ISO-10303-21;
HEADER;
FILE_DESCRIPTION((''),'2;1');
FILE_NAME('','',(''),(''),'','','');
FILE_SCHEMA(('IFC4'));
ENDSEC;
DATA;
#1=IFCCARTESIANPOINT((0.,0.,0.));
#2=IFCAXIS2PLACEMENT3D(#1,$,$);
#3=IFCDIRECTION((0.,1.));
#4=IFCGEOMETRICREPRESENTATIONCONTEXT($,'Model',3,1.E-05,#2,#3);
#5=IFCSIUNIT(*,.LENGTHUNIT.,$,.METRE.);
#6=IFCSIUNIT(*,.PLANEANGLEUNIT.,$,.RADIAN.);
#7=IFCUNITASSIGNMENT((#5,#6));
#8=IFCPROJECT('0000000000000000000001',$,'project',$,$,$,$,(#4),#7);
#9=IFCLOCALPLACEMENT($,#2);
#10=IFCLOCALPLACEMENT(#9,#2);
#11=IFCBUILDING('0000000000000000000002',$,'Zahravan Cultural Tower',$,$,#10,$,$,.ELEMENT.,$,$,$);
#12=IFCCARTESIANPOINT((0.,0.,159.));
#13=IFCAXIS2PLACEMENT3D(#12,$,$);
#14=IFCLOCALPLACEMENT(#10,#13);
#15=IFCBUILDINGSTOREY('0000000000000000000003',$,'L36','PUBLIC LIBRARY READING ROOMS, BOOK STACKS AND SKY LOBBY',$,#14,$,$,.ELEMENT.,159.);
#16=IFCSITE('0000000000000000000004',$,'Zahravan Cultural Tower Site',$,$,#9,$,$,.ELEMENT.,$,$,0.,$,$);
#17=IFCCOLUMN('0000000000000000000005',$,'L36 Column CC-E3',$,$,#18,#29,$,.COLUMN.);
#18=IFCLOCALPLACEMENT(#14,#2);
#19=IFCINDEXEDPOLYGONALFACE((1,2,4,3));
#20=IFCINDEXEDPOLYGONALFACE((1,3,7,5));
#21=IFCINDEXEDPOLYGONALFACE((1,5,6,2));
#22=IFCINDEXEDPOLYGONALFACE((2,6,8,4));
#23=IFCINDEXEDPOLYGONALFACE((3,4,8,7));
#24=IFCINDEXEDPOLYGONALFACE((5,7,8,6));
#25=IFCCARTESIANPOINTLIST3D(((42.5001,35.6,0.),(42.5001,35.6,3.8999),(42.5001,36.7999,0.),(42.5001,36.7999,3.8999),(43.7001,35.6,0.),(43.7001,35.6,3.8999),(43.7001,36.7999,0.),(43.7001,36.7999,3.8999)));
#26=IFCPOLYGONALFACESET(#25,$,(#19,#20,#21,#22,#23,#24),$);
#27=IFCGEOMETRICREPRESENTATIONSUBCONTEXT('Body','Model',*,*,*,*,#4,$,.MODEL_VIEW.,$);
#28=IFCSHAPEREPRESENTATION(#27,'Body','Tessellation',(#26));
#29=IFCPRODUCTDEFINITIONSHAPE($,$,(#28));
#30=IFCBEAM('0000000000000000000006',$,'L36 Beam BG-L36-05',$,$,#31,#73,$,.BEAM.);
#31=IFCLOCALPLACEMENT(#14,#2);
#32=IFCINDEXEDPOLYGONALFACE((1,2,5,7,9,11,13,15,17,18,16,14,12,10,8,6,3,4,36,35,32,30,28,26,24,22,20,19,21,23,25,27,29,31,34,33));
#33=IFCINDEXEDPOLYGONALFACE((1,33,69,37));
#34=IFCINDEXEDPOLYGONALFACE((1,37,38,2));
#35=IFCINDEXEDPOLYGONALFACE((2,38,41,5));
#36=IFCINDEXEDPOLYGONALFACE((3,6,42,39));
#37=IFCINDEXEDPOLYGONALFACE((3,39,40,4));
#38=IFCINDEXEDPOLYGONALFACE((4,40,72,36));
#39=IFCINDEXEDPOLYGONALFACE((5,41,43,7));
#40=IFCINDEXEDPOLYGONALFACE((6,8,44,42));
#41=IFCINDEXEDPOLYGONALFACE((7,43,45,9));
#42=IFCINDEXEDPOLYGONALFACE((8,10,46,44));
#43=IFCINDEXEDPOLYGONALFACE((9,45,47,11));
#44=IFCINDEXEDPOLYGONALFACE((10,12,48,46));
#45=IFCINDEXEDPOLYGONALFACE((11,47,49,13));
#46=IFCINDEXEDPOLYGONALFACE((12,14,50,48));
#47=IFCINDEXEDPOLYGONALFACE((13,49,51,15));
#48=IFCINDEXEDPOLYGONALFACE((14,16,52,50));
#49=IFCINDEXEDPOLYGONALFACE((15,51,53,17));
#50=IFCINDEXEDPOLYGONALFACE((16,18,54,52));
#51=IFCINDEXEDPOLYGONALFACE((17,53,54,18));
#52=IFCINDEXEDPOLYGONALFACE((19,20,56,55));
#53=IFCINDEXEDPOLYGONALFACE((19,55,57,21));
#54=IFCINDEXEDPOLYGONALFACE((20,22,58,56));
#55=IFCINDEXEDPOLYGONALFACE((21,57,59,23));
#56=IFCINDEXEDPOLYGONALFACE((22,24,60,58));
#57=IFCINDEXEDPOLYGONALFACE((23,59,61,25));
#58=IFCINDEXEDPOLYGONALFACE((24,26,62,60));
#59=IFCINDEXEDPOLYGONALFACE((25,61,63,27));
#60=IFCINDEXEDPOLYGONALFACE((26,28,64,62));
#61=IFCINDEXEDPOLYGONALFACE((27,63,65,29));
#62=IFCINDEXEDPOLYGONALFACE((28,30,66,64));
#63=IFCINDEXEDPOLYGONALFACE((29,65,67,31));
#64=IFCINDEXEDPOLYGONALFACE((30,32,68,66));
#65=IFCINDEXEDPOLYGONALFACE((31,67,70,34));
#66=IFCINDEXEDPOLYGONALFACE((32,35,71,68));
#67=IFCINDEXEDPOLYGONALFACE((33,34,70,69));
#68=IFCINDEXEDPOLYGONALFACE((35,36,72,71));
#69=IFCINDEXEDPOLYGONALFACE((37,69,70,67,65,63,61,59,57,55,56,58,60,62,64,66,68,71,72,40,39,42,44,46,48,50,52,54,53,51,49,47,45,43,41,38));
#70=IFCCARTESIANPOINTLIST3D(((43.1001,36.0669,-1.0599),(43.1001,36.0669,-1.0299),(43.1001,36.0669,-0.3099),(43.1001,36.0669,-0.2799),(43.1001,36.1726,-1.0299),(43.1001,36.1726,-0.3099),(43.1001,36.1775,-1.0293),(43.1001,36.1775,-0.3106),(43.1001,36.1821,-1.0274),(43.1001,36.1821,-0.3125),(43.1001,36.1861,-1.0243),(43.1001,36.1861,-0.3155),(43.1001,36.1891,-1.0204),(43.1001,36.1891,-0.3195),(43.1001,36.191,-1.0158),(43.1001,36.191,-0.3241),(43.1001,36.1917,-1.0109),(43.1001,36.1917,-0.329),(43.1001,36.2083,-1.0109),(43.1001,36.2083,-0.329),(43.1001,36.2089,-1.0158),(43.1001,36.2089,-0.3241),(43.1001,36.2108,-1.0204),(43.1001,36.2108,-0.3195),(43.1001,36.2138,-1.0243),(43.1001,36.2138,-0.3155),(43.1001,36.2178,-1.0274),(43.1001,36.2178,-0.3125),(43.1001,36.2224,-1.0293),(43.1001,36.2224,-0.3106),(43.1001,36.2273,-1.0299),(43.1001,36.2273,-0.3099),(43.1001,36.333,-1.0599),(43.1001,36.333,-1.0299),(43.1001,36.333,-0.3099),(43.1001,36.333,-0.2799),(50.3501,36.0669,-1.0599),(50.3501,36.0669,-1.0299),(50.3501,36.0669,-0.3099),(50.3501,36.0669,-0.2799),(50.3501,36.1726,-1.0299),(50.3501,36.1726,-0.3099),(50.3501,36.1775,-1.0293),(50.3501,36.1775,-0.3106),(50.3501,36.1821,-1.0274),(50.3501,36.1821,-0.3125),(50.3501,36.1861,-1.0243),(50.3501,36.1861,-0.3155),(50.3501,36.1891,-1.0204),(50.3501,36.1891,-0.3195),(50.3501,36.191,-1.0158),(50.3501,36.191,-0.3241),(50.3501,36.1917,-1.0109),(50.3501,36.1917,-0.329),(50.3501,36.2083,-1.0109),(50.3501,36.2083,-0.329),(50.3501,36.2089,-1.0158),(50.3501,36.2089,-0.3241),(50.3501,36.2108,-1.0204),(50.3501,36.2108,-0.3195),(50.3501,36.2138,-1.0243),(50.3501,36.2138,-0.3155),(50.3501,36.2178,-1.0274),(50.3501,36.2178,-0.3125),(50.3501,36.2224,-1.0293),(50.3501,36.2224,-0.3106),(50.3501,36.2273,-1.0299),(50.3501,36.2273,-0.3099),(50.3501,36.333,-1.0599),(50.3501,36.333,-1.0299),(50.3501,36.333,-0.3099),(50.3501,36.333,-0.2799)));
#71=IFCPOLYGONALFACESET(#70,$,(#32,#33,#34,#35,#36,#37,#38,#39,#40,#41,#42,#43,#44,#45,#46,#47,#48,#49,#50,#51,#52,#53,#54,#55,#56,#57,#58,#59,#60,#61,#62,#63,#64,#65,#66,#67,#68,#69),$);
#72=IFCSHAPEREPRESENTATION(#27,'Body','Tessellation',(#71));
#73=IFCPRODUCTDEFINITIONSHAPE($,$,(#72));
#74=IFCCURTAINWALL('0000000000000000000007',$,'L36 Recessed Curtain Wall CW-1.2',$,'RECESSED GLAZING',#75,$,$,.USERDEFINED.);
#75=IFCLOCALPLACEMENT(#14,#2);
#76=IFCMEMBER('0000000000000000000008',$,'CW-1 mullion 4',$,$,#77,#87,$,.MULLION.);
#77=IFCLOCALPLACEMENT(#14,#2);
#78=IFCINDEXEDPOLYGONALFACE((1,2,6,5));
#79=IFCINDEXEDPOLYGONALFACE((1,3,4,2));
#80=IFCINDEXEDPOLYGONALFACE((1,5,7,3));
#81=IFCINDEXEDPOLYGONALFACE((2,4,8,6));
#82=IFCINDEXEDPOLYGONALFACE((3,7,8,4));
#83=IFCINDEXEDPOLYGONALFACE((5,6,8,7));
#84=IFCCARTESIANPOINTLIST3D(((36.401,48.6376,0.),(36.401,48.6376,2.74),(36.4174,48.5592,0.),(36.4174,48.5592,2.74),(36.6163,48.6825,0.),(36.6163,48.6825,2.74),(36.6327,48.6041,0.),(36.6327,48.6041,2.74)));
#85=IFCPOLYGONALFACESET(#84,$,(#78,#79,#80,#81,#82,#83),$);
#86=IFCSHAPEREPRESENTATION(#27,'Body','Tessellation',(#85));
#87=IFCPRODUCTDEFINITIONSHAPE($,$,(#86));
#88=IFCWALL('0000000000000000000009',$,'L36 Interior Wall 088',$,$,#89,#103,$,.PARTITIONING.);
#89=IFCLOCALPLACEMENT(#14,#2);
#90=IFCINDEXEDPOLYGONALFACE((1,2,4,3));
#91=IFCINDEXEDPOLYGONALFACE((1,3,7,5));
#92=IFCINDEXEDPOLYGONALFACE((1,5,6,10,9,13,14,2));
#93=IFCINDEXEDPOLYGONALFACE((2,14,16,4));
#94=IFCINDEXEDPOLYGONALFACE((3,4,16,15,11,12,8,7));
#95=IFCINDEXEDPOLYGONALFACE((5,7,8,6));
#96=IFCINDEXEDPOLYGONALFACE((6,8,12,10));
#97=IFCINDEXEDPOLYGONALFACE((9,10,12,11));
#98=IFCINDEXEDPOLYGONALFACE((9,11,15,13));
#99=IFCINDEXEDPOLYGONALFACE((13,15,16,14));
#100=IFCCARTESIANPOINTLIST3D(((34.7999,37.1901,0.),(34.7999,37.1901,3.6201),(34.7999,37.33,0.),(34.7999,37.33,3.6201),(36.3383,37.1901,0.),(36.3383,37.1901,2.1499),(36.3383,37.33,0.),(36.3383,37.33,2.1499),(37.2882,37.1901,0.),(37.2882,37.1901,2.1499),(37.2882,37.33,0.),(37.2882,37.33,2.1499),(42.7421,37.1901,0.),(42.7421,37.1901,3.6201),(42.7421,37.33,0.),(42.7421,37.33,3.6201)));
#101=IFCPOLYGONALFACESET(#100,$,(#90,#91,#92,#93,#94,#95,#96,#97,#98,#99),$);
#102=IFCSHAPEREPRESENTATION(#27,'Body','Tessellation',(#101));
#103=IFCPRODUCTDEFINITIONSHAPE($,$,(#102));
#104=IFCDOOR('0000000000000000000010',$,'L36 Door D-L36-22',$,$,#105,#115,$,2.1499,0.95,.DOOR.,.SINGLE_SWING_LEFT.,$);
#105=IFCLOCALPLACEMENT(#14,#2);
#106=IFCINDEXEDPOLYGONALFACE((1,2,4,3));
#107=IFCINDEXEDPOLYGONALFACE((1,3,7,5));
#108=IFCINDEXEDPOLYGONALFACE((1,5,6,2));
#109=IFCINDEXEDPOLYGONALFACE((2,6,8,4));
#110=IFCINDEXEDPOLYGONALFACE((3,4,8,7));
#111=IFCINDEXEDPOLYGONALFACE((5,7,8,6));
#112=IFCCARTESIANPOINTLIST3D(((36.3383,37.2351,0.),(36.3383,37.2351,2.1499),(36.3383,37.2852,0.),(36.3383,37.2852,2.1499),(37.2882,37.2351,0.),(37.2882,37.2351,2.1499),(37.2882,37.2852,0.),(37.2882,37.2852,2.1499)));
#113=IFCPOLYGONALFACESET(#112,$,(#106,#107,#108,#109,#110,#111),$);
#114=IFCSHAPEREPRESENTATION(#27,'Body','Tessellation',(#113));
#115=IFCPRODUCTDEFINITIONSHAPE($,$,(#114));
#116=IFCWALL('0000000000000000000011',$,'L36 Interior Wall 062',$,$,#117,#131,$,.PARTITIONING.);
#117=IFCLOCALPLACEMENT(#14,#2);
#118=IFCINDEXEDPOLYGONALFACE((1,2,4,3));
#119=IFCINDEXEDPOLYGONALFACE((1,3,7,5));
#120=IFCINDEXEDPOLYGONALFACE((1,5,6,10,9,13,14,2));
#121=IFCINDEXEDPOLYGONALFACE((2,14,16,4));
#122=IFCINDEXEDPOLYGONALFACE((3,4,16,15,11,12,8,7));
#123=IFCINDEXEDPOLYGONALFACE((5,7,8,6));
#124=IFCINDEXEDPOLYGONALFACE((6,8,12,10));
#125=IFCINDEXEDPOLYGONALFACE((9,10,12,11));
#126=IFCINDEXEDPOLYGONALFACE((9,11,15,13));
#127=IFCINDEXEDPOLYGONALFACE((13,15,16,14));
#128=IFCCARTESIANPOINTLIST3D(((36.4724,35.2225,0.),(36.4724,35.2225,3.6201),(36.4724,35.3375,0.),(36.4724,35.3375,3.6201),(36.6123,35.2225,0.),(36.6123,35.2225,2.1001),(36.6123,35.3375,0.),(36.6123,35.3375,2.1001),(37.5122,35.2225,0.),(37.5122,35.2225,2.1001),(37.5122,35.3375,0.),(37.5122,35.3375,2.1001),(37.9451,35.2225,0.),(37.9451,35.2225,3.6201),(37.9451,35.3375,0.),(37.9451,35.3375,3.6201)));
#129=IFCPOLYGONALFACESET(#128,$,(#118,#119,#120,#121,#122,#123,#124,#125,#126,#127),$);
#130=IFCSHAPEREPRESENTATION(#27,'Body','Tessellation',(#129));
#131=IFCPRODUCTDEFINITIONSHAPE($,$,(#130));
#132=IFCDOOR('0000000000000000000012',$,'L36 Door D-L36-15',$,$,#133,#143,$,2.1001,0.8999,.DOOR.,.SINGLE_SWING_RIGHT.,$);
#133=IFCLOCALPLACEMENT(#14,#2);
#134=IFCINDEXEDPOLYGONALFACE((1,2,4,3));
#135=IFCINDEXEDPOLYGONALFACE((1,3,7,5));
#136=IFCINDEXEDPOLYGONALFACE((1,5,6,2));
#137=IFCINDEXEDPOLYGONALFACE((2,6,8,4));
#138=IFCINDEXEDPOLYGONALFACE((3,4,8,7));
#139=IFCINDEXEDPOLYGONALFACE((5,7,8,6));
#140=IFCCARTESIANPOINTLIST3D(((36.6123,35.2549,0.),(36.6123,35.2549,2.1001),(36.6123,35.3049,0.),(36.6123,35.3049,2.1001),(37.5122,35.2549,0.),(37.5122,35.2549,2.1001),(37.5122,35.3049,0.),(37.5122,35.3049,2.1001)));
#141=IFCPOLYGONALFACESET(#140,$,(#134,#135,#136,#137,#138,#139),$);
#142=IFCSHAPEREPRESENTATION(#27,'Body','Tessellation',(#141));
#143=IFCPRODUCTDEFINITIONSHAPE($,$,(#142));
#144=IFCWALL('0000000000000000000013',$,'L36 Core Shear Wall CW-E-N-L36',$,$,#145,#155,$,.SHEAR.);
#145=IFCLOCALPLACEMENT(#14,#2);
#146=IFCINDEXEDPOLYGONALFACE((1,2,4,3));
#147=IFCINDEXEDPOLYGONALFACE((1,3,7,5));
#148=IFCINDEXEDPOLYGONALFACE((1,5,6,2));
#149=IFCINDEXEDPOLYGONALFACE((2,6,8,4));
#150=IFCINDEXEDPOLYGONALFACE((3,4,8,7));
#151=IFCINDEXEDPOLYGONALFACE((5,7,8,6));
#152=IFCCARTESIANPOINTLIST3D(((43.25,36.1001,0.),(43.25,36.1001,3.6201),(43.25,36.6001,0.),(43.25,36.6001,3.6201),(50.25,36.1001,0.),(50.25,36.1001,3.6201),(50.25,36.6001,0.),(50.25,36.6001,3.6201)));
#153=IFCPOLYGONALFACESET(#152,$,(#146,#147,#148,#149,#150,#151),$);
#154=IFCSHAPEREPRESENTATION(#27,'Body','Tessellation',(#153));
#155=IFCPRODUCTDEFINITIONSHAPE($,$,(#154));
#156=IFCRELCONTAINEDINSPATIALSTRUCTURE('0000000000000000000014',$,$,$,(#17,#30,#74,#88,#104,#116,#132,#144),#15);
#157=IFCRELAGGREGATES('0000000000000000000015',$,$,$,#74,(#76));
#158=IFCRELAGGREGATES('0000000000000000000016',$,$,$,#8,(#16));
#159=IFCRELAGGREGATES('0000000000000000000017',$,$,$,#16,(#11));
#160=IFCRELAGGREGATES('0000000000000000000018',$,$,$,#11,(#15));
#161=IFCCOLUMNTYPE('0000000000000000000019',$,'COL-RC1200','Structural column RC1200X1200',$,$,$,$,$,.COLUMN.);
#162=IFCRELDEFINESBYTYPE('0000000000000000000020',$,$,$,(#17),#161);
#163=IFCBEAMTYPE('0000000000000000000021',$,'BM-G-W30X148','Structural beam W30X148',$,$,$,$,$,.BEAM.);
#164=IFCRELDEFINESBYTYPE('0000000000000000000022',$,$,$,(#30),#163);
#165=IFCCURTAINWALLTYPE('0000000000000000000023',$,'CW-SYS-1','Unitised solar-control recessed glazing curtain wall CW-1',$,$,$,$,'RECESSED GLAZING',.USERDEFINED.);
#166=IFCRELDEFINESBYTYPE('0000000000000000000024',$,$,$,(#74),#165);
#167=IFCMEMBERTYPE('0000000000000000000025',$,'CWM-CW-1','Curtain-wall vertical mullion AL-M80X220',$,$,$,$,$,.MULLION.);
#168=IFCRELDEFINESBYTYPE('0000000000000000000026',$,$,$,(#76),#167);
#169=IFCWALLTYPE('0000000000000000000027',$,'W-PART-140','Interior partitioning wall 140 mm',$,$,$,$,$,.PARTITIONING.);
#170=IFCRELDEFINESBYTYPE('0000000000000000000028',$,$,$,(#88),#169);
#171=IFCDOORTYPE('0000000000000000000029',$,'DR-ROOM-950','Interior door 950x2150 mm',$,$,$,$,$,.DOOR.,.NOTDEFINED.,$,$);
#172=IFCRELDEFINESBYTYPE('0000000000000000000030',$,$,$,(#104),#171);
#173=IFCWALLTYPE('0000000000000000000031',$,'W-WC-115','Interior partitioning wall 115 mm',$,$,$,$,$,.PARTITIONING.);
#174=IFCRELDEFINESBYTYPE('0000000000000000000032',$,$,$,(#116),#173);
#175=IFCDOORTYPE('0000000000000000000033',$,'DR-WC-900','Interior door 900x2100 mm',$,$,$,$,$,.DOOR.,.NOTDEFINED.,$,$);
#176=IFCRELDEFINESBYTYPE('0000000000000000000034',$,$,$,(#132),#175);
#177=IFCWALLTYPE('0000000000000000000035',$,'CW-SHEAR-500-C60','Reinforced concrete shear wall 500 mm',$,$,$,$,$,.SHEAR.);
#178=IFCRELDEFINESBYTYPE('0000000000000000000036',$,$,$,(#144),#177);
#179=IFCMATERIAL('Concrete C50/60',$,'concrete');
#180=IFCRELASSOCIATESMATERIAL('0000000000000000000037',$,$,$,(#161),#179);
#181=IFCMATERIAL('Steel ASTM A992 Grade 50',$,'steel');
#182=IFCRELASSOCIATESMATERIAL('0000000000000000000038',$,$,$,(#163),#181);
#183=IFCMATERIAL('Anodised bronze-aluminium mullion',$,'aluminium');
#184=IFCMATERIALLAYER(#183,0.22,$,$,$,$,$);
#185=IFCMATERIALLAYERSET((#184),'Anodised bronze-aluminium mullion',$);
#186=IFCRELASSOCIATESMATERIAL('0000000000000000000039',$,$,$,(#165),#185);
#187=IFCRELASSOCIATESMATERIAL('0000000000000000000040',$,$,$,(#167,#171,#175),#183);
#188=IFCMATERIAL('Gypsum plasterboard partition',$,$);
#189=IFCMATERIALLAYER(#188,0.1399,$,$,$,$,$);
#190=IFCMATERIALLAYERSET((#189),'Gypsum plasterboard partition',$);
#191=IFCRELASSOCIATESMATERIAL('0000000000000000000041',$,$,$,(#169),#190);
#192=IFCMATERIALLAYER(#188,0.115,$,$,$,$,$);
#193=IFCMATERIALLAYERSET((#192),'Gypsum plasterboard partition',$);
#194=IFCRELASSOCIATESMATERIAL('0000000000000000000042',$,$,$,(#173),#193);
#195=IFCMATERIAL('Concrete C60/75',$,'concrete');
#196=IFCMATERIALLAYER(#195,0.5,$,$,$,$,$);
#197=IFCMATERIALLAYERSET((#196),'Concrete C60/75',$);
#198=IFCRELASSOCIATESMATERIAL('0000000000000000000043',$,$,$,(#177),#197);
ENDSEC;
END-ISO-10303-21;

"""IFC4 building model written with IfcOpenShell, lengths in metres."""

from ifc_helpers import new_model, si_unit, direction, frame, frame_2d, origin, origin_2d, place, context, subcontext, project, spatial, rectangle, i_section, extrude, source, transform, mapped, material, layer, layer_set, material_profile, profile_set, type_object, element, fill, aggregate, save


model = new_model("IFC4")

# Units and contexts
model_context = context("Model", 3, precision=1e-05, world=origin(), true_north=direction((0.0, 1.0)))
body_context = subcontext(model_context, "Body", "Model", "MODEL_VIEW")
ifc_project = project(units=[si_unit("LENGTHUNIT", "METRE"), si_unit("PLANEANGLEUNIT", "RADIAN")], contexts=[model_context])

# Site, building, storey
site_placement = place(None, origin())
site = spatial("IfcSite", under=ifc_project, at=site_placement, Name="Zahravan Cultural Tower Site", CompositionType="ELEMENT", RefElevation=0.0)
building_placement = place(site_placement, origin())
building = spatial("IfcBuilding", under=site, at=building_placement, Name="Zahravan Cultural Tower", CompositionType="ELEMENT")
storey_placement = place(building_placement, frame((0.0, 0.0, 159.0)))
storey = spatial("IfcBuildingStorey", under=building, at=storey_placement, Name="L36", Description="PUBLIC LIBRARY READING ROOMS, BOOK STACKS AND SKY LOBBY", CompositionType="ELEMENT", Elevation=159.0)

# Column
ifc_material_1 = material(Name="Concrete C50/60", Category="concrete")
ifc_material_profile_1 = material_profile(ifc_material_1, rectangle(XDim=1.2, YDim=1.2, at=origin_2d()), Name="RC1200X1200")
ifc_profile_set_1 = profile_set([ifc_material_profile_1], Name="Concrete C50/60")
column_type = type_object("IfcColumnType", Name="COL-RC1200", Description="Structural column RC1200X1200", PredefinedType="COLUMN", material=ifc_profile_set_1)
shared_shape_1 = source(origin(), body_context, "Body", "SweptSolid", [
    extrude(rectangle(XDim=1.2, YDim=1.2, at=origin_2d()), origin(), (0.0, 0.0, 1.0), 3.8999),
])
column_placement = place(storey_placement, frame((43.1001, 36.2, 0.0), z_axis=(0.0, 0.0, 1.0), x_axis=(1.0, 0.0, 0.0)))
element("IfcColumn", 1, at=column_placement, inside=storey, type_object=column_type, Name="L36 Column CC-E3", PredefinedType="COLUMN", context=body_context, shape_type="MappedRepresentation", body=[
    mapped(shared_shape_1, transform((0.0, 0.0, 0.0), x_axis=(1.0, 0.0, 0.0), y_axis=(0.0, 1.0, 0.0), z_axis=(0.0, 0.0, 1.0), scale=1.0)),
])

# Beam
ifc_material_2 = material(Name="Steel ASTM A992 Grade 50", Category="steel")
ifc_material_profile_2 = material_profile(ifc_material_2, i_section(OverallWidth=0.2661, OverallDepth=0.78, WebThickness=0.0166, FlangeThickness=0.03, FilletRadius=0.019, at=origin_2d()), Name="W30X148")
ifc_profile_set_2 = profile_set([ifc_material_profile_2], Name="Steel ASTM A992 Grade 50")
beam_type = type_object("IfcBeamType", Name="BM-G-W30X148", Description="Structural beam W30X148", PredefinedType="BEAM", material=ifc_profile_set_2)
shared_shape_2 = source(origin(), body_context, "Body", "SweptSolid", [
    extrude(i_section(OverallWidth=0.2661, OverallDepth=0.78, WebThickness=0.0166, FlangeThickness=0.03, FilletRadius=0.019, at=origin_2d()), origin(), (0.0, 0.0, 1.0), 7.25),
])
beam_placement = place(storey_placement, frame((43.1001, 36.2, -0.6699), z_axis=(1.0, 0.0, 0.0), x_axis=(0.0, 1.0, 0.0)))
element("IfcBeam", 2, at=beam_placement, inside=storey, type_object=beam_type, Name="L36 Beam BG-L36-05", PredefinedType="BEAM", context=body_context, shape_type="MappedRepresentation", body=[
    mapped(shared_shape_2, transform((0.0, 0.0, 0.0), x_axis=(1.0, 0.0, 0.0), y_axis=(0.0, 1.0, 0.0), z_axis=(0.0, 0.0, 1.0), scale=1.0)),
])

# Curtain wall, member
ifc_material_3 = material(Name="Anodised bronze-aluminium mullion", Category="aluminium")
ifc_layer_1 = layer(ifc_material_3, 0.22)
ifc_layer_set_1 = layer_set([ifc_layer_1], Name="Anodised bronze-aluminium mullion")
curtain_wall_type = type_object("IfcCurtainWallType", Name="CW-SYS-1", Description="Unitised solar-control recessed glazing curtain wall CW-1", ElementType="RECESSED GLAZING", PredefinedType="USERDEFINED", material=ifc_layer_set_1)
curtain_wall_placement = place(storey_placement, origin())
curtain_wall = element("IfcCurtainWall", 3, at=curtain_wall_placement, inside=storey, type_object=curtain_wall_type, Name="L36 Recessed Curtain Wall CW-1.2", ObjectType="RECESSED GLAZING", PredefinedType="USERDEFINED")
ifc_material_profile_3 = material_profile(ifc_material_3, rectangle(XDim=0.0801, YDim=0.22, at=origin_2d()), Name="AL-M80X220")
ifc_profile_set_3 = profile_set([ifc_material_profile_3], Name="Anodised bronze-aluminium mullion")
member_type = type_object("IfcMemberType", Name="CWM-CW-1", Description="Curtain-wall vertical mullion AL-M80X220", PredefinedType="MULLION", material=ifc_profile_set_3)
shared_shape_3 = source(origin(), body_context, "Body", "SweptSolid", [
    extrude(rectangle(XDim=0.0801, YDim=0.22, at=origin_2d()), origin(), (0.0, 0.0, 1.0), 2.74),
])
member_placement = place(storey_placement, frame((36.5168, 48.6208, 0.0), z_axis=(0.0, 0.0, 1.0), x_axis=(-0.204162, 0.978937, 0.0)))
member = element("IfcMember", 4, at=member_placement, type_object=member_type, Name="CW-1 mullion 4", PredefinedType="MULLION", context=body_context, shape_type="MappedRepresentation", body=[
    mapped(shared_shape_3, transform((0.0, 0.0, 0.0), x_axis=(1.0, 0.0, 0.0), y_axis=(0.0, 1.0, 0.0), z_axis=(0.0, 0.0, 1.0), scale=1.0)),
])
aggregate(curtain_wall, [member])

# Walls, openings, doors
ifc_material_4 = material(Name="Gypsum plasterboard partition")
ifc_layer_2 = layer(ifc_material_4, 0.1399)
ifc_layer_set_2 = layer_set([ifc_layer_2], Name="Gypsum plasterboard partition")
wall_type_1 = type_object("IfcWallType", Name="W-PART-140", Description="Interior partitioning wall 140 mm", PredefinedType="PARTITIONING", material=ifc_layer_set_2)
wall_1_placement = place(storey_placement, frame((42.7422, 37.26, 0.0), z_axis=(0.0, 0.0, 1.0), x_axis=(-1.0, 0.0, 0.0)))
wall_1 = element("IfcWall", 5, at=wall_1_placement, inside=storey, type_object=wall_type_1, Name="L36 Interior Wall 088", PredefinedType="PARTITIONING", context=body_context, shape_type="SweptSolid", body=[
    extrude(rectangle(XDim=7.9421, YDim=0.1399, at=frame_2d((3.9712, 0.0))), origin(), (0.0, 0.0, 1.0), 3.6201),
])
opening_1_placement = place(wall_1_placement, frame((5.4539, 0.0, 0.0)))
opening_1 = element("IfcOpeningElement", 6, at=opening_1_placement, cuts=wall_1, PredefinedType="OPENING", context=body_context, shape_type="SweptSolid", body=[
    extrude(rectangle(XDim=0.95, YDim=2.1499, at=frame_2d((0.4751, 1.075))), frame((0.0, 0.0798, 0.0), z_axis=(0.0, -1.0, 0.0), x_axis=(1.0, 0.0, 0.0)), (0.0, 0.0, 1.0), 0.1599),
])
door_type_1 = type_object("IfcDoorType", Name="DR-ROOM-950", Description="Interior door 950x2150 mm", OperationType="NOTDEFINED", PredefinedType="DOOR", material=ifc_material_3)
shared_shape_4 = source(origin(), body_context, "Body", "SweptSolid", [
    extrude(rectangle(XDim=0.95, YDim=2.1499, at=frame_2d((0.4751, 1.075))), frame((0.0, 0.0249, 0.0), z_axis=(0.0, -1.0, 0.0), x_axis=(1.0, 0.0, 0.0)), (0.0, 0.0, 1.0), 0.05),
])
door_1_placement = place(opening_1_placement, origin())
door_1 = element("IfcDoor", 7, at=door_1_placement, inside=storey, type_object=door_type_1, Name="L36 Door D-L36-22", OperationType="SINGLE_SWING_LEFT", OverallHeight=2.1499, OverallWidth=0.95, PredefinedType="DOOR", context=body_context, shape_type="MappedRepresentation", body=[
    mapped(shared_shape_4, transform((0.0, 0.0, 0.0), x_axis=(1.0, 0.0, 0.0), y_axis=(0.0, 1.0, 0.0), z_axis=(0.0, 0.0, 1.0), scale=1.0)),
])
fill(opening_1, door_1)
ifc_layer_3 = layer(ifc_material_4, 0.115)
ifc_layer_set_3 = layer_set([ifc_layer_3], Name="Gypsum plasterboard partition")
wall_type_2 = type_object("IfcWallType", Name="W-WC-115", Description="Interior partitioning wall 115 mm", PredefinedType="PARTITIONING", material=ifc_layer_set_3)
wall_2_placement = place(storey_placement, frame((36.4724, 35.28, 0.0), z_axis=(0.0, 0.0, 1.0), x_axis=(1.0, 0.0, 0.0)))
wall_2 = element("IfcWall", 8, at=wall_2_placement, inside=storey, type_object=wall_type_2, Name="L36 Interior Wall 062", PredefinedType="PARTITIONING", context=body_context, shape_type="SweptSolid", body=[
    extrude(rectangle(XDim=1.4727, YDim=0.115, at=frame_2d((0.7363, 0.0))), origin(), (0.0, 0.0, 1.0), 3.6201),
])
opening_2_placement = place(wall_2_placement, frame((0.1399, 0.0, 0.0)))
opening_2 = element("IfcOpeningElement", 9, at=opening_2_placement, cuts=wall_2, PredefinedType="OPENING", context=body_context, shape_type="SweptSolid", body=[
    extrude(rectangle(XDim=0.8999, YDim=2.1001, at=frame_2d((0.45, 1.05))), frame((0.0, 0.0674, 0.0), z_axis=(0.0, -1.0, 0.0), x_axis=(1.0, 0.0, 0.0)), (0.0, 0.0, 1.0), 0.135),
])
door_type_2 = type_object("IfcDoorType", Name="DR-WC-900", Description="Interior door 900x2100 mm", OperationType="NOTDEFINED", PredefinedType="DOOR", material=ifc_material_3)
shared_shape_5 = source(origin(), body_context, "Body", "SweptSolid", [
    extrude(rectangle(XDim=0.8999, YDim=2.1001, at=frame_2d((0.45, 1.05))), frame((0.0, 0.0249, 0.0), z_axis=(0.0, -1.0, 0.0), x_axis=(1.0, 0.0, 0.0)), (0.0, 0.0, 1.0), 0.05),
])
door_2_placement = place(opening_2_placement, origin())
door_2 = element("IfcDoor", 10, at=door_2_placement, inside=storey, type_object=door_type_2, Name="L36 Door D-L36-15", OperationType="SINGLE_SWING_RIGHT", OverallHeight=2.1001, OverallWidth=0.8999, PredefinedType="DOOR", context=body_context, shape_type="MappedRepresentation", body=[
    mapped(shared_shape_5, transform((0.0, 0.0, 0.0), x_axis=(1.0, 0.0, 0.0), y_axis=(0.0, 1.0, 0.0), z_axis=(0.0, 0.0, 1.0), scale=1.0)),
])
fill(opening_2, door_2)

# Wall
ifc_material_5 = material(Name="Concrete C60/75", Category="concrete")
ifc_layer_4 = layer(ifc_material_5, 0.5)
ifc_layer_set_4 = layer_set([ifc_layer_4], Name="Concrete C60/75")
wall_type_3 = type_object("IfcWallType", Name="CW-SHEAR-500-C60", Description="Reinforced concrete shear wall 500 mm", PredefinedType="SHEAR", material=ifc_layer_set_4)
shared_shape_6 = source(origin(), body_context, "Body", "SweptSolid", [
    extrude(rectangle(XDim=7.0, YDim=0.5, at=frame_2d((3.5, 0.0))), origin(), (0.0, 0.0, 1.0), 3.6201),
])
wall_3_placement = place(storey_placement, frame((43.25, 36.3501, 0.0), z_axis=(0.0, 0.0, 1.0), x_axis=(1.0, 0.0, 0.0)))
element("IfcWall", 11, at=wall_3_placement, inside=storey, type_object=wall_type_3, Name="L36 Core Shear Wall CW-E-N-L36", PredefinedType="SHEAR", context=body_context, shape_type="MappedRepresentation", body=[
    mapped(shared_shape_6, transform((0.0, 0.0, 0.0), x_axis=(1.0, 0.0, 0.0), y_axis=(0.0, 1.0, 0.0), z_axis=(0.0, 0.0, 1.0), scale=1.0)),
])

save(model, "model.ifc")
